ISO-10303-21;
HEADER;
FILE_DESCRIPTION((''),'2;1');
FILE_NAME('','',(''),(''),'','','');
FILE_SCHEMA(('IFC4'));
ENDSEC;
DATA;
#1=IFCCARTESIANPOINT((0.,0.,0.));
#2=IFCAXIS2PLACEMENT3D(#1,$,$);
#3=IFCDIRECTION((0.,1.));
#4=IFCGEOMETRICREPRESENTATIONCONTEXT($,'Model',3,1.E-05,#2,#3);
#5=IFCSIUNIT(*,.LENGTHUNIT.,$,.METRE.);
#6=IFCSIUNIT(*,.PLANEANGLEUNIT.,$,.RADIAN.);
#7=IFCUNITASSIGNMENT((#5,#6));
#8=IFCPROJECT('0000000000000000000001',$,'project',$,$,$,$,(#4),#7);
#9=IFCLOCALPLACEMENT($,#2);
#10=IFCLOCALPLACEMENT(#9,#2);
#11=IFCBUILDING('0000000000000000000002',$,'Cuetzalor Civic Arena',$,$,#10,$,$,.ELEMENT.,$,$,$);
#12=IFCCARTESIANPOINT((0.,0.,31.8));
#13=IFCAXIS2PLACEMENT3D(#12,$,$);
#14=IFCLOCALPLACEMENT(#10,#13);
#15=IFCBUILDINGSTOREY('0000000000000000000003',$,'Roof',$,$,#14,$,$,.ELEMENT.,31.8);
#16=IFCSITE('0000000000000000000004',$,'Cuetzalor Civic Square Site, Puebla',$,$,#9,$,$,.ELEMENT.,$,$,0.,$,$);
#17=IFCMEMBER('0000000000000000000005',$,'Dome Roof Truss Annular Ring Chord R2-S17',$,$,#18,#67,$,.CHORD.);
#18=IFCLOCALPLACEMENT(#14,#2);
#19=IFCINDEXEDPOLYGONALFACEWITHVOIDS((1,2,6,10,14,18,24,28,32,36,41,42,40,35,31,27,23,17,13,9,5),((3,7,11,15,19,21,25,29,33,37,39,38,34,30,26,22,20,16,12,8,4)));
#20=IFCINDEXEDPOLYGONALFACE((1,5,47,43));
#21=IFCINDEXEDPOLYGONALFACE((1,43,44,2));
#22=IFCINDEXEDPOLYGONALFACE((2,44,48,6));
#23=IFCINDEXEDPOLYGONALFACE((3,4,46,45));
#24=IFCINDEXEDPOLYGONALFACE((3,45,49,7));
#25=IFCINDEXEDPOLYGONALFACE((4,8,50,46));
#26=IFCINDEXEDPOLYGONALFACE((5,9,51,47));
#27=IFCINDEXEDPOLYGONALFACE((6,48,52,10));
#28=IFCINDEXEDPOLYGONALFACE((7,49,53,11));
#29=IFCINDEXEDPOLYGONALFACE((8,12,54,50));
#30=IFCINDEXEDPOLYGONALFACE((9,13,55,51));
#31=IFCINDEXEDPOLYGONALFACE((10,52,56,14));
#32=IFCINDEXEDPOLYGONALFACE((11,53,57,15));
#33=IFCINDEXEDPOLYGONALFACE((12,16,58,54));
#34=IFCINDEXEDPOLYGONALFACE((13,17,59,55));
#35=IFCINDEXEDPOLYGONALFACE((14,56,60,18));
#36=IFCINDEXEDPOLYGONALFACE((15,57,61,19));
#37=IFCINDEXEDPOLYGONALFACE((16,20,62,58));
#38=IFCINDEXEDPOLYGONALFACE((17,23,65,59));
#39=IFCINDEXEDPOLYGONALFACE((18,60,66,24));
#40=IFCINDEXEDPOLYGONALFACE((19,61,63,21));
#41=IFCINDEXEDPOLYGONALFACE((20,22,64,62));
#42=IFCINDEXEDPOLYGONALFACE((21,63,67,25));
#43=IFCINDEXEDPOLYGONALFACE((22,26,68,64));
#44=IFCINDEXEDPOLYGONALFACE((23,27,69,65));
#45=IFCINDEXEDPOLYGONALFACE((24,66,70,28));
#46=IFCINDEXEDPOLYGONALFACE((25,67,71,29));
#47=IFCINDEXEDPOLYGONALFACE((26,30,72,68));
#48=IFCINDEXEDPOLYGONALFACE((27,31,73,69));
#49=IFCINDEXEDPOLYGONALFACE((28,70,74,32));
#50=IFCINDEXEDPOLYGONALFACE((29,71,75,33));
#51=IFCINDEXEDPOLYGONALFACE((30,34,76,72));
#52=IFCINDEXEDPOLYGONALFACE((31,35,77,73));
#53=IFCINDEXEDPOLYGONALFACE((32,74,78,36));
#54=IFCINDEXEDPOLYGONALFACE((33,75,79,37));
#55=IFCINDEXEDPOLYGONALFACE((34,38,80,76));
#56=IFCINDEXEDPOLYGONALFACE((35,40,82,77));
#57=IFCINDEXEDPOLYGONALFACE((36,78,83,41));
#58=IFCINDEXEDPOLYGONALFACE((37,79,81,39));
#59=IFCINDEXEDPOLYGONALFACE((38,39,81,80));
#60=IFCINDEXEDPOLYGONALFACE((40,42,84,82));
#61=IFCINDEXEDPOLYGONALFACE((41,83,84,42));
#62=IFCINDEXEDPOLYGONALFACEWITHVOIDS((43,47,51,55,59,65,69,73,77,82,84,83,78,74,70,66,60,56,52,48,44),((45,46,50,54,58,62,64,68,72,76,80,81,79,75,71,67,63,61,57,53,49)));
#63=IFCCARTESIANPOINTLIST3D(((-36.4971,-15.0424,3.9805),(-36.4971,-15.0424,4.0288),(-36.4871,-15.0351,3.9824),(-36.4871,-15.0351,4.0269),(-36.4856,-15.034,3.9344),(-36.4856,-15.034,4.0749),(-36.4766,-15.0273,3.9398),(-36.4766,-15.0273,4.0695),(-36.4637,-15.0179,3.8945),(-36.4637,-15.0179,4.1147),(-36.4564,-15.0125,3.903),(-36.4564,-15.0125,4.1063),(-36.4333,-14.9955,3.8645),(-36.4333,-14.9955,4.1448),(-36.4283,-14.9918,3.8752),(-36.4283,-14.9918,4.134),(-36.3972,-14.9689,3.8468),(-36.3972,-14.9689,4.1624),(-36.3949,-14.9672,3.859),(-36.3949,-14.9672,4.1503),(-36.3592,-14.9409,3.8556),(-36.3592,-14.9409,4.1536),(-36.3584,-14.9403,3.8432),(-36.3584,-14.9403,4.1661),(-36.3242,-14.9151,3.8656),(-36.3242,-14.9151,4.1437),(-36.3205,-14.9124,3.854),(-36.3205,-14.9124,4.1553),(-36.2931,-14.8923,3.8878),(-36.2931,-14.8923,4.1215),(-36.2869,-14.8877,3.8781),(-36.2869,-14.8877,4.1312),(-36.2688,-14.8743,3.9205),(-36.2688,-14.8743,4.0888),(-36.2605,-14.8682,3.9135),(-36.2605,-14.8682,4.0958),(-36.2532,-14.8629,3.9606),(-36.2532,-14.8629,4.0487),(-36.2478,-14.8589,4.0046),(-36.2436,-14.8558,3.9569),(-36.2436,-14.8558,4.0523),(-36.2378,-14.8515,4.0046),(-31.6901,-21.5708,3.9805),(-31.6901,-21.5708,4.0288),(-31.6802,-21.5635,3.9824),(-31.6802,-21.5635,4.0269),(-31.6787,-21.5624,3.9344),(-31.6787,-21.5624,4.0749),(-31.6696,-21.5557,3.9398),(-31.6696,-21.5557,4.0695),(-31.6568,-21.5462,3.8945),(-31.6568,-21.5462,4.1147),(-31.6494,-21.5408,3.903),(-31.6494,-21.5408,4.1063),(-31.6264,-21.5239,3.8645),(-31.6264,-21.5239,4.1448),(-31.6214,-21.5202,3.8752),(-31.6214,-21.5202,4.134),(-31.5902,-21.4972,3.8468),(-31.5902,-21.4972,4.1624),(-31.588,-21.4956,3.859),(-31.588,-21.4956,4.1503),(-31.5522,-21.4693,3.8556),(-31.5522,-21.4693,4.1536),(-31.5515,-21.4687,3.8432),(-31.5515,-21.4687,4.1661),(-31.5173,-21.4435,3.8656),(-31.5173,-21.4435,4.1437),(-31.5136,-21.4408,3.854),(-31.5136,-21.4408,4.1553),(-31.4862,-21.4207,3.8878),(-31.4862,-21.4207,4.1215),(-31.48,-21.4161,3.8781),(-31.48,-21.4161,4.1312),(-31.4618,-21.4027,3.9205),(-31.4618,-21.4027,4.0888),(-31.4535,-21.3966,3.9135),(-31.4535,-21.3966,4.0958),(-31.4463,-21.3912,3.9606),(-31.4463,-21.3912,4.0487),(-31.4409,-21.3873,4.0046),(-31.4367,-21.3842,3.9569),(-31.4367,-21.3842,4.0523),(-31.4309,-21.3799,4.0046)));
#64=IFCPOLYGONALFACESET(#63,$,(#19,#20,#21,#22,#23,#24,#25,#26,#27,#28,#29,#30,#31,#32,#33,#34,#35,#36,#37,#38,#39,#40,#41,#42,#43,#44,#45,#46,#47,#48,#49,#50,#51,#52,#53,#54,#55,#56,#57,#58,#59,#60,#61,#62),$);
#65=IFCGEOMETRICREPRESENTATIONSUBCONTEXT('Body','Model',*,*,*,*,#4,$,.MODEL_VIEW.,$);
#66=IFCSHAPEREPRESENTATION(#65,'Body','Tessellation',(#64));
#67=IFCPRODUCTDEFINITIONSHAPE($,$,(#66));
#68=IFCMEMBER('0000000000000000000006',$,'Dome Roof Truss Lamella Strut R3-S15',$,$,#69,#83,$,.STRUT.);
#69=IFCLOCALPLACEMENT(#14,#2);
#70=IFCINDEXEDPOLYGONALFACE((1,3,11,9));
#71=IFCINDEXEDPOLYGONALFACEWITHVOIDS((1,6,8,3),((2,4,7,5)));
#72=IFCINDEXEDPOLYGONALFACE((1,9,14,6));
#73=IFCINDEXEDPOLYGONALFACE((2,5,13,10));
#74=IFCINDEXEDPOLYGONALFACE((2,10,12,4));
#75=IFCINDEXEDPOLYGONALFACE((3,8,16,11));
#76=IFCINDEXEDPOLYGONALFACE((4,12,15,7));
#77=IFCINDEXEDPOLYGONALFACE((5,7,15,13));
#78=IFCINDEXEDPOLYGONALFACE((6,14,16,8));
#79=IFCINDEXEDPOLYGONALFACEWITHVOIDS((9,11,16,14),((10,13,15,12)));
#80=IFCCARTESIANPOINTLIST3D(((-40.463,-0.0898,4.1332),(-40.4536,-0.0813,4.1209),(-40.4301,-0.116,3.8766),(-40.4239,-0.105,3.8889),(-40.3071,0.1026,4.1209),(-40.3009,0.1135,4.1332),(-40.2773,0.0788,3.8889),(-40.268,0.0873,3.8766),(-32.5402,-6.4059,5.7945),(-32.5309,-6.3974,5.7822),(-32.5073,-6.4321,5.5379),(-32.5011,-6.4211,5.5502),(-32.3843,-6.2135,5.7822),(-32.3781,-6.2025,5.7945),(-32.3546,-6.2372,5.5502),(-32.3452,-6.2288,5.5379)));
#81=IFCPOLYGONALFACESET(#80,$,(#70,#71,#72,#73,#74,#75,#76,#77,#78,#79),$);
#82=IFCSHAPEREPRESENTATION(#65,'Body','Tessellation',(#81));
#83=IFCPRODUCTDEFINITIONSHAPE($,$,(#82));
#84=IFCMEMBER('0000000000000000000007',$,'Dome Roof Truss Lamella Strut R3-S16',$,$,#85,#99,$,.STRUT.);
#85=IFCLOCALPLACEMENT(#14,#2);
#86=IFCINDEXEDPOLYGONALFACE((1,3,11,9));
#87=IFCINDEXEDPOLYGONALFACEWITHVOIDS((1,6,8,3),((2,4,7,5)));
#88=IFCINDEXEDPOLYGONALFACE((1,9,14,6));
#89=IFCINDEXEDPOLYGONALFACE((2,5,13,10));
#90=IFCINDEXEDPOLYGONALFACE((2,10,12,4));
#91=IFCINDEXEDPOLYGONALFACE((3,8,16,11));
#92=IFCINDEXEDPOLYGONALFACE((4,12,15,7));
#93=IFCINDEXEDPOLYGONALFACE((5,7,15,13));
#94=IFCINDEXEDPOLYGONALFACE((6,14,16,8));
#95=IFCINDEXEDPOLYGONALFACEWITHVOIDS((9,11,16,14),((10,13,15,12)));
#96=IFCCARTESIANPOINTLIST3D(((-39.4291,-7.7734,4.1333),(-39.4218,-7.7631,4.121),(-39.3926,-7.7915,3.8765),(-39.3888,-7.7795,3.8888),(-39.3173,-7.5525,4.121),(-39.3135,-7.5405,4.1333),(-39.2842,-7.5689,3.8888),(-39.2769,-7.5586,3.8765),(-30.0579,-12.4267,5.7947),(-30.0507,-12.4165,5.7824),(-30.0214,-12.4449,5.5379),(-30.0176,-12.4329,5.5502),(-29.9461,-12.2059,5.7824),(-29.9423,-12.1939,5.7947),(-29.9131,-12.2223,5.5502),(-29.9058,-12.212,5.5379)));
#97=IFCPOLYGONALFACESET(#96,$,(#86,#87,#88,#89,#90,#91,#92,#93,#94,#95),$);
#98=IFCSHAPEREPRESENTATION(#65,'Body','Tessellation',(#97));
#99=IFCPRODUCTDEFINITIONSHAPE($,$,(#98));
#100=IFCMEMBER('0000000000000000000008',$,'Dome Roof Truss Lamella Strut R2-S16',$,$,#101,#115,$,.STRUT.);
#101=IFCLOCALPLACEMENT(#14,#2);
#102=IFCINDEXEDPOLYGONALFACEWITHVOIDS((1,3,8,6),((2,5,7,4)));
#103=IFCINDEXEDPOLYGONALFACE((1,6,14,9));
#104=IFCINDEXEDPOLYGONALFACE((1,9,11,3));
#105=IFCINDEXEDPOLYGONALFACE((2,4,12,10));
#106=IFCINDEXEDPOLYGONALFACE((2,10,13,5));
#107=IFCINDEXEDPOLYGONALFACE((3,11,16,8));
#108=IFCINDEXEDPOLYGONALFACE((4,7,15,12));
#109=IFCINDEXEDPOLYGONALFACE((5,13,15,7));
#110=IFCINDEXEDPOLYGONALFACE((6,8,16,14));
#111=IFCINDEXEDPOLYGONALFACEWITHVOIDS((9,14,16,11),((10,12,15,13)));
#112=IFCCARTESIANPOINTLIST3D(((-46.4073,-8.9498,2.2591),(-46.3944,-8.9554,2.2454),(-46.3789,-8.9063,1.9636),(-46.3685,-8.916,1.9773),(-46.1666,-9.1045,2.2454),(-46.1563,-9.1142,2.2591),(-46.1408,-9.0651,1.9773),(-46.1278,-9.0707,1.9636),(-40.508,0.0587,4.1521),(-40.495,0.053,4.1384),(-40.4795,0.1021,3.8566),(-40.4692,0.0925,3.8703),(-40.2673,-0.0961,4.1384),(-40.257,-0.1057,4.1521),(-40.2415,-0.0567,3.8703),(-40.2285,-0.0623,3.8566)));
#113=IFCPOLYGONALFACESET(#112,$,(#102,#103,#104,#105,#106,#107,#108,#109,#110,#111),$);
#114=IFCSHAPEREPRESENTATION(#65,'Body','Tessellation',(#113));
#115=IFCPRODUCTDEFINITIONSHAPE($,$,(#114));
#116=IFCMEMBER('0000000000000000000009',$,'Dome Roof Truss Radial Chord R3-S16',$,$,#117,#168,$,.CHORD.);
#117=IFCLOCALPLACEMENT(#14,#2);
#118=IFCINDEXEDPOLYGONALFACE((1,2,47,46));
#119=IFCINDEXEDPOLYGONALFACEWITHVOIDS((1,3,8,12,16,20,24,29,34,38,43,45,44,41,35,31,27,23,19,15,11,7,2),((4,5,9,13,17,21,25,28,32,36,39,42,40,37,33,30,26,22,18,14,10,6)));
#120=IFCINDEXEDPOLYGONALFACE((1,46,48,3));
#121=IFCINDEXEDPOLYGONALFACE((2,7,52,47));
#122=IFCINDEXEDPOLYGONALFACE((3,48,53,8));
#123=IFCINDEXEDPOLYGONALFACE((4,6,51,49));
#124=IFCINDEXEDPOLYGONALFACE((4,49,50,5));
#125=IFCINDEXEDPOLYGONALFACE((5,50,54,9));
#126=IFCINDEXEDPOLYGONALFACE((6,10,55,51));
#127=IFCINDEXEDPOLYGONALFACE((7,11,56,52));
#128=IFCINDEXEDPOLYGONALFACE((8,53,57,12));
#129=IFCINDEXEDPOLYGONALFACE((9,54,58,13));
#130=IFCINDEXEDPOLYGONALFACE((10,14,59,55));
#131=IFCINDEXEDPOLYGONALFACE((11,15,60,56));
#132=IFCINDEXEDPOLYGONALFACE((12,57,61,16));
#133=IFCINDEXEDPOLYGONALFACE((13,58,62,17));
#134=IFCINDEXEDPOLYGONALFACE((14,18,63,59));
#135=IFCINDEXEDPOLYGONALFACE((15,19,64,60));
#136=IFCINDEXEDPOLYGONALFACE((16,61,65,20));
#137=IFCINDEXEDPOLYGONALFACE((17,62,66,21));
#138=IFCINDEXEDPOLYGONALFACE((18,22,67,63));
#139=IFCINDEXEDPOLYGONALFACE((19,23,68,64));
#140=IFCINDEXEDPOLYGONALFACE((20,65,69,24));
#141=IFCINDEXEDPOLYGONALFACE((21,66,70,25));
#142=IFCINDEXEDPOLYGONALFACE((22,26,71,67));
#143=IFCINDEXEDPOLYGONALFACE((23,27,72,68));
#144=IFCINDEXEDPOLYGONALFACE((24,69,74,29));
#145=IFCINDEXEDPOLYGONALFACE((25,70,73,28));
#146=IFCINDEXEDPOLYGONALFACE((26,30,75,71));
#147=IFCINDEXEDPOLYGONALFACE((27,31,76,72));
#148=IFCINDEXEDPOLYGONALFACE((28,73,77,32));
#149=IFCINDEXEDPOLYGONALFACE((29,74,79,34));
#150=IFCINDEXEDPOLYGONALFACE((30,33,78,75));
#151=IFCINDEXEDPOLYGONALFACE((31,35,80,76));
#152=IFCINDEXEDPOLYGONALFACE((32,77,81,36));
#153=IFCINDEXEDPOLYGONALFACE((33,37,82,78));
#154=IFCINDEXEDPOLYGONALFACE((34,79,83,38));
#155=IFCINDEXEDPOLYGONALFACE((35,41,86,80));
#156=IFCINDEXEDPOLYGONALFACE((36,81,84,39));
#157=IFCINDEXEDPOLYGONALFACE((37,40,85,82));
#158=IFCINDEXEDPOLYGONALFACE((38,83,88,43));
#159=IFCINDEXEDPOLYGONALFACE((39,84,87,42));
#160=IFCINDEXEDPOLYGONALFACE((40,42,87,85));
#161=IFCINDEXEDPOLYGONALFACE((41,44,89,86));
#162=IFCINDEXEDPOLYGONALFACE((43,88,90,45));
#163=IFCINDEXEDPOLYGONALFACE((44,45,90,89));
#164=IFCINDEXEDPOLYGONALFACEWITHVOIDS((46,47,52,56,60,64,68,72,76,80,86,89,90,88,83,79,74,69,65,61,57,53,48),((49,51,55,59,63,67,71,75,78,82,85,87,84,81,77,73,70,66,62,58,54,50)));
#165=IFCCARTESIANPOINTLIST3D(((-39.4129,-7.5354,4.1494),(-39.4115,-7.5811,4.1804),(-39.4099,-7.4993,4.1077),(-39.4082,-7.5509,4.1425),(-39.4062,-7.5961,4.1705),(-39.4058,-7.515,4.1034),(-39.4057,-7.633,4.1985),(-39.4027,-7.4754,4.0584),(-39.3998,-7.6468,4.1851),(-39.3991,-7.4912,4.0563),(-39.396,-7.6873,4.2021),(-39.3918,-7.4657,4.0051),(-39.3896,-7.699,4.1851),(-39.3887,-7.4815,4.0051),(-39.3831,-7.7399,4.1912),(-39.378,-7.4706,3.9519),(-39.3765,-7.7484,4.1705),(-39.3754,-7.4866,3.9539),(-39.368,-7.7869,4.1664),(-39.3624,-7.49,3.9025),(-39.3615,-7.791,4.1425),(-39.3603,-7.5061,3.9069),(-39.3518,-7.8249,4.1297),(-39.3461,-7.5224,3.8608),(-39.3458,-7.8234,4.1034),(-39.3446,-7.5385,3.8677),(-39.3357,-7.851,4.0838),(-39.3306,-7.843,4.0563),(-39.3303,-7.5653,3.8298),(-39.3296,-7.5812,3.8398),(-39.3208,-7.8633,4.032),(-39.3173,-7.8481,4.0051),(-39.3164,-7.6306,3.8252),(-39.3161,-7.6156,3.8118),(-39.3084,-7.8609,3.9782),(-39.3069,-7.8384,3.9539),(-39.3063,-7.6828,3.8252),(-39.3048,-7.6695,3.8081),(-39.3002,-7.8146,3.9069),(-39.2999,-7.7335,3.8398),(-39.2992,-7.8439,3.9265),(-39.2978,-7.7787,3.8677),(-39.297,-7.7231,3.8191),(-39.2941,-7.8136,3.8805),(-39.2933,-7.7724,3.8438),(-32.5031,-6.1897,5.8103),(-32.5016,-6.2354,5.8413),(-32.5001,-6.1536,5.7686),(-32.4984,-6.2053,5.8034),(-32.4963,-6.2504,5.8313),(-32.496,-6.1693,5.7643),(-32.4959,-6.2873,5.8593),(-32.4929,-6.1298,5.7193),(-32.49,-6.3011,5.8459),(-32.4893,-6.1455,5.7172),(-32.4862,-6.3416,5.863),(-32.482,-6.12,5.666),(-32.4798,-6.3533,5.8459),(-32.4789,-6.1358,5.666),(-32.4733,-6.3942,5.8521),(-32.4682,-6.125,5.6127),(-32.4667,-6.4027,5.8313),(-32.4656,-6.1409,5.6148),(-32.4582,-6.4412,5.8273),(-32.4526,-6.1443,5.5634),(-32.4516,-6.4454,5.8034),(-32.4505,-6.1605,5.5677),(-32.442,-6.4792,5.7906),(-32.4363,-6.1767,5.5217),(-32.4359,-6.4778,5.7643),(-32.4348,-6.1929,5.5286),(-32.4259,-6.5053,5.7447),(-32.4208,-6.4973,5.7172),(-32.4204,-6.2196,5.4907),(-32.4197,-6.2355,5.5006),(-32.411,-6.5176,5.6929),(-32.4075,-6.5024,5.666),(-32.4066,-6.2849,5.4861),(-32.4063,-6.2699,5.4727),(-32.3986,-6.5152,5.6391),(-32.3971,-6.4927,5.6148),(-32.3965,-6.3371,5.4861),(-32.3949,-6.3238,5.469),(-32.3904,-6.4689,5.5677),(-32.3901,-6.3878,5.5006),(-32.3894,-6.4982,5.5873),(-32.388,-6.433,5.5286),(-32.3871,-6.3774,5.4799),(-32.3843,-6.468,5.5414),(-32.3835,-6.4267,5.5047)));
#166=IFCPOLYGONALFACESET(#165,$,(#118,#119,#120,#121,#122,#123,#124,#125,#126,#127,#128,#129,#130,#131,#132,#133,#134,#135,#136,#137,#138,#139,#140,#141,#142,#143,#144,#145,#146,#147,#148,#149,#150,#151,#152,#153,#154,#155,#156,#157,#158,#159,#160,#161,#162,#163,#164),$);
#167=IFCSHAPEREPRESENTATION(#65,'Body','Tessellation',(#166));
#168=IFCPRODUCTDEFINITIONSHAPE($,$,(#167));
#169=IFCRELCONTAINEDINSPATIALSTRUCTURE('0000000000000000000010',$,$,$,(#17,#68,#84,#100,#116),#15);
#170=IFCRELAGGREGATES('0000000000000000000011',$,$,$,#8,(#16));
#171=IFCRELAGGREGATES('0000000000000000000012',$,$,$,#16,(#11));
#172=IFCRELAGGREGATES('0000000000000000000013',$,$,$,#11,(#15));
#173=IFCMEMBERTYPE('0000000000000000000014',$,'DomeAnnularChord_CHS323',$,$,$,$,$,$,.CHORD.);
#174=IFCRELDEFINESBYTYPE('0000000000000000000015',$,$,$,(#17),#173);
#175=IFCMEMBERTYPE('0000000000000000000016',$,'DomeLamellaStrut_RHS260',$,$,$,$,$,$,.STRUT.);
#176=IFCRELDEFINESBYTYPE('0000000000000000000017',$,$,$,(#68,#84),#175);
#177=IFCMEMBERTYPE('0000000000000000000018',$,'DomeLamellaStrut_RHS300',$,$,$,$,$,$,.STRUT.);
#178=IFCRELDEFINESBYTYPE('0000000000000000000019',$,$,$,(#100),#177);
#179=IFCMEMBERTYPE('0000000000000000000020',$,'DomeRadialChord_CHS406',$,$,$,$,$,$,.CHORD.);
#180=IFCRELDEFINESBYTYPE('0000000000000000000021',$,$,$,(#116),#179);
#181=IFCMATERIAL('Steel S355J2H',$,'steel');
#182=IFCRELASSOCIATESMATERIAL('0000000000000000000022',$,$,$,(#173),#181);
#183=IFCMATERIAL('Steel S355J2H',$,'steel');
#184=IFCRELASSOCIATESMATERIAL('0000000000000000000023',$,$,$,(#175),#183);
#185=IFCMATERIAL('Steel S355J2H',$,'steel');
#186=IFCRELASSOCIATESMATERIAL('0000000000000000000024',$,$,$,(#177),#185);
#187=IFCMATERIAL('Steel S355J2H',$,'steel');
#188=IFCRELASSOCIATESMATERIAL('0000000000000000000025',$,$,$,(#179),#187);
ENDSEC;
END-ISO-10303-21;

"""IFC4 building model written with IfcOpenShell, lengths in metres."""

from ifc_helpers import new_model, si_unit, direction, frame, origin, origin_2d, place, context, subcontext, project, spatial, hollow_rectangle, hollow_circle, extrude, material, material_profile, profile_set, type_object, element, save


model = new_model("IFC4")

# Units and contexts
model_context = context("Model", 3, precision=1e-05, world=origin(), true_north=direction((0.0, 1.0)))
body_context = subcontext(model_context, "Body", "Model", "MODEL_VIEW")
ifc_project = project(units=[si_unit("LENGTHUNIT", "METRE"), si_unit("PLANEANGLEUNIT", "RADIAN")], contexts=[model_context])

# Site, building, storey
site_placement = place(None, origin())
site = spatial("IfcSite", under=ifc_project, at=site_placement, Name="Cuetzalor Civic Square Site, Puebla", CompositionType="ELEMENT", RefElevation=0.0)
building_placement = place(site_placement, origin())
building = spatial("IfcBuilding", under=site, at=building_placement, Name="Cuetzalor Civic Arena", CompositionType="ELEMENT")
storey_placement = place(building_placement, frame((0.0, 0.0, 31.8)))
storey = spatial("IfcBuildingStorey", under=building, at=storey_placement, Name="Roof", CompositionType="ELEMENT", Elevation=31.8)

# Members
ifc_material_1 = material(Name="Steel S355J2H", Category="steel")
ifc_material_profile_1 = material_profile(ifc_material_1, hollow_circle(Radius=0.1619, WallThickness=0.0125, at=origin_2d()), Name="CHS 323.9x12.5")
ifc_profile_set_1 = profile_set([ifc_material_profile_1], Name="Steel S355J2H")
member_type_1 = type_object("IfcMemberType", Name="DomeAnnularChord_CHS323", PredefinedType="CHORD", material=ifc_profile_set_1)
member_1_placement = place(storey_placement, frame((-36.3682, -14.9475, 4.0046), z_axis=(0.592923, -0.805259, 0.0), x_axis=(0.805259, 0.592923, 0.0)))
element("IfcMember", 1, at=member_1_placement, inside=storey, type_object=member_type_1, Name="Dome Roof Truss Annular Ring Chord R2-S17", PredefinedType="CHORD", context=body_context, shape_type="SweptSolid", body=[
    extrude(hollow_circle(Radius=0.1619, WallThickness=0.0125, at=origin_2d()), origin(), (0.0, 0.0, 1.0), 8.1072),
])
ifc_material_2 = material(Name="Steel S355J2H", Category="steel")
ifc_material_profile_2 = material_profile(ifc_material_2, hollow_rectangle(XDim=0.26, YDim=0.26, WallThickness=0.0125, at=origin_2d()), Name="RHS 260x260x12.5")
ifc_profile_set_2 = profile_set([ifc_material_profile_2], Name="Steel S355J2H")
member_type_2 = type_object("IfcMemberType", Name="DomeLamellaStrut_RHS260", PredefinedType="STRUT", material=ifc_profile_set_2)
member_2_placement = place(storey_placement, frame((-40.3655, -0.0012, 4.0049), z_axis=(0.771629, -0.615149, 0.161806), x_axis=(0.623363, 0.781933, 0.0)))
element("IfcMember", 2, at=member_2_placement, inside=storey, type_object=member_type_2, Name="Dome Roof Truss Lamella Strut R3-S15", PredefinedType="STRUT", context=body_context, shape_type="SweptSolid", body=[
    extrude(hollow_rectangle(XDim=0.26, YDim=0.26, WallThickness=0.0125, at=origin_2d()), origin(), (0.0, 0.0, 1.0), 10.2676),
])
member_3_placement = place(storey_placement, frame((-39.353, -7.666, 4.0049), z_axis=(0.884574, -0.439245, 0.156824), x_axis=(0.444748, 0.895656, 0.0)))
element("IfcMember", 3, at=member_3_placement, inside=storey, type_object=member_type_2, Name="Dome Roof Truss Lamella Strut R3-S16", PredefinedType="STRUT", context=body_context, shape_type="SweptSolid", body=[
    extrude(hollow_rectangle(XDim=0.26, YDim=0.26, WallThickness=0.0125, at=origin_2d()), origin(), (0.0, 0.0, 1.0), 10.594),
])
ifc_material_3 = material(Name="Steel S355J2H", Category="steel")
ifc_material_profile_3 = material_profile(ifc_material_3, hollow_rectangle(XDim=0.3, YDim=0.3, WallThickness=0.0139, at=origin_2d()), Name="RHS 300x300x14")
ifc_profile_set_3 = profile_set([ifc_material_profile_3], Name="Steel S355J2H")
member_type_3 = type_object("IfcMemberType", Name="DomeLamellaStrut_RHS300", PredefinedType="STRUT", material=ifc_profile_set_3)
member_4_placement = place(storey_placement, frame((-46.2676, -9.0103, 2.1113), z_axis=(0.539574, 0.823942, 0.173144), x_axis=(-0.836578, 0.547848, 0.0)))
element("IfcMember", 4, at=member_4_placement, inside=storey, type_object=member_type_3, Name="Dome Roof Truss Lamella Strut R2-S16", PredefinedType="STRUT", context=body_context, shape_type="SweptSolid", body=[
    extrude(hollow_rectangle(XDim=0.3, YDim=0.3, WallThickness=0.0139, at=origin_2d()), origin(), (0.0, 0.0, 1.0), 10.9333),
])
ifc_material_4 = material(Name="Steel S355J2H", Category="steel")
ifc_material_profile_4 = material_profile(ifc_material_4, hollow_circle(Radius=0.2029, WallThickness=0.0161, at=origin_2d()), Name="CHS 406x16")
ifc_profile_set_4 = profile_set([ifc_material_profile_4], Name="Steel S355J2H")
member_type_4 = type_object("IfcMemberType", Name="DomeRadialChord_CHS406", PredefinedType="CHORD", material=ifc_profile_set_4)
member_5_placement = place(storey_placement, frame((-39.353, -7.6648, 4.0051), z_axis=(0.955331, 0.18605, 0.229626), x_axis=(-0.191158, 0.981559, 0.0)))
element("IfcMember", 5, at=member_5_placement, inside=storey, type_object=member_type_4, Name="Dome Roof Truss Radial Chord R3-S16", PredefinedType="CHORD", context=body_context, shape_type="SweptSolid", body=[
    extrude(hollow_circle(Radius=0.2029, WallThickness=0.0161, at=origin_2d()), origin(), (0.0, 0.0, 1.0), 7.2329),
])

save(model, "model.ifc")
